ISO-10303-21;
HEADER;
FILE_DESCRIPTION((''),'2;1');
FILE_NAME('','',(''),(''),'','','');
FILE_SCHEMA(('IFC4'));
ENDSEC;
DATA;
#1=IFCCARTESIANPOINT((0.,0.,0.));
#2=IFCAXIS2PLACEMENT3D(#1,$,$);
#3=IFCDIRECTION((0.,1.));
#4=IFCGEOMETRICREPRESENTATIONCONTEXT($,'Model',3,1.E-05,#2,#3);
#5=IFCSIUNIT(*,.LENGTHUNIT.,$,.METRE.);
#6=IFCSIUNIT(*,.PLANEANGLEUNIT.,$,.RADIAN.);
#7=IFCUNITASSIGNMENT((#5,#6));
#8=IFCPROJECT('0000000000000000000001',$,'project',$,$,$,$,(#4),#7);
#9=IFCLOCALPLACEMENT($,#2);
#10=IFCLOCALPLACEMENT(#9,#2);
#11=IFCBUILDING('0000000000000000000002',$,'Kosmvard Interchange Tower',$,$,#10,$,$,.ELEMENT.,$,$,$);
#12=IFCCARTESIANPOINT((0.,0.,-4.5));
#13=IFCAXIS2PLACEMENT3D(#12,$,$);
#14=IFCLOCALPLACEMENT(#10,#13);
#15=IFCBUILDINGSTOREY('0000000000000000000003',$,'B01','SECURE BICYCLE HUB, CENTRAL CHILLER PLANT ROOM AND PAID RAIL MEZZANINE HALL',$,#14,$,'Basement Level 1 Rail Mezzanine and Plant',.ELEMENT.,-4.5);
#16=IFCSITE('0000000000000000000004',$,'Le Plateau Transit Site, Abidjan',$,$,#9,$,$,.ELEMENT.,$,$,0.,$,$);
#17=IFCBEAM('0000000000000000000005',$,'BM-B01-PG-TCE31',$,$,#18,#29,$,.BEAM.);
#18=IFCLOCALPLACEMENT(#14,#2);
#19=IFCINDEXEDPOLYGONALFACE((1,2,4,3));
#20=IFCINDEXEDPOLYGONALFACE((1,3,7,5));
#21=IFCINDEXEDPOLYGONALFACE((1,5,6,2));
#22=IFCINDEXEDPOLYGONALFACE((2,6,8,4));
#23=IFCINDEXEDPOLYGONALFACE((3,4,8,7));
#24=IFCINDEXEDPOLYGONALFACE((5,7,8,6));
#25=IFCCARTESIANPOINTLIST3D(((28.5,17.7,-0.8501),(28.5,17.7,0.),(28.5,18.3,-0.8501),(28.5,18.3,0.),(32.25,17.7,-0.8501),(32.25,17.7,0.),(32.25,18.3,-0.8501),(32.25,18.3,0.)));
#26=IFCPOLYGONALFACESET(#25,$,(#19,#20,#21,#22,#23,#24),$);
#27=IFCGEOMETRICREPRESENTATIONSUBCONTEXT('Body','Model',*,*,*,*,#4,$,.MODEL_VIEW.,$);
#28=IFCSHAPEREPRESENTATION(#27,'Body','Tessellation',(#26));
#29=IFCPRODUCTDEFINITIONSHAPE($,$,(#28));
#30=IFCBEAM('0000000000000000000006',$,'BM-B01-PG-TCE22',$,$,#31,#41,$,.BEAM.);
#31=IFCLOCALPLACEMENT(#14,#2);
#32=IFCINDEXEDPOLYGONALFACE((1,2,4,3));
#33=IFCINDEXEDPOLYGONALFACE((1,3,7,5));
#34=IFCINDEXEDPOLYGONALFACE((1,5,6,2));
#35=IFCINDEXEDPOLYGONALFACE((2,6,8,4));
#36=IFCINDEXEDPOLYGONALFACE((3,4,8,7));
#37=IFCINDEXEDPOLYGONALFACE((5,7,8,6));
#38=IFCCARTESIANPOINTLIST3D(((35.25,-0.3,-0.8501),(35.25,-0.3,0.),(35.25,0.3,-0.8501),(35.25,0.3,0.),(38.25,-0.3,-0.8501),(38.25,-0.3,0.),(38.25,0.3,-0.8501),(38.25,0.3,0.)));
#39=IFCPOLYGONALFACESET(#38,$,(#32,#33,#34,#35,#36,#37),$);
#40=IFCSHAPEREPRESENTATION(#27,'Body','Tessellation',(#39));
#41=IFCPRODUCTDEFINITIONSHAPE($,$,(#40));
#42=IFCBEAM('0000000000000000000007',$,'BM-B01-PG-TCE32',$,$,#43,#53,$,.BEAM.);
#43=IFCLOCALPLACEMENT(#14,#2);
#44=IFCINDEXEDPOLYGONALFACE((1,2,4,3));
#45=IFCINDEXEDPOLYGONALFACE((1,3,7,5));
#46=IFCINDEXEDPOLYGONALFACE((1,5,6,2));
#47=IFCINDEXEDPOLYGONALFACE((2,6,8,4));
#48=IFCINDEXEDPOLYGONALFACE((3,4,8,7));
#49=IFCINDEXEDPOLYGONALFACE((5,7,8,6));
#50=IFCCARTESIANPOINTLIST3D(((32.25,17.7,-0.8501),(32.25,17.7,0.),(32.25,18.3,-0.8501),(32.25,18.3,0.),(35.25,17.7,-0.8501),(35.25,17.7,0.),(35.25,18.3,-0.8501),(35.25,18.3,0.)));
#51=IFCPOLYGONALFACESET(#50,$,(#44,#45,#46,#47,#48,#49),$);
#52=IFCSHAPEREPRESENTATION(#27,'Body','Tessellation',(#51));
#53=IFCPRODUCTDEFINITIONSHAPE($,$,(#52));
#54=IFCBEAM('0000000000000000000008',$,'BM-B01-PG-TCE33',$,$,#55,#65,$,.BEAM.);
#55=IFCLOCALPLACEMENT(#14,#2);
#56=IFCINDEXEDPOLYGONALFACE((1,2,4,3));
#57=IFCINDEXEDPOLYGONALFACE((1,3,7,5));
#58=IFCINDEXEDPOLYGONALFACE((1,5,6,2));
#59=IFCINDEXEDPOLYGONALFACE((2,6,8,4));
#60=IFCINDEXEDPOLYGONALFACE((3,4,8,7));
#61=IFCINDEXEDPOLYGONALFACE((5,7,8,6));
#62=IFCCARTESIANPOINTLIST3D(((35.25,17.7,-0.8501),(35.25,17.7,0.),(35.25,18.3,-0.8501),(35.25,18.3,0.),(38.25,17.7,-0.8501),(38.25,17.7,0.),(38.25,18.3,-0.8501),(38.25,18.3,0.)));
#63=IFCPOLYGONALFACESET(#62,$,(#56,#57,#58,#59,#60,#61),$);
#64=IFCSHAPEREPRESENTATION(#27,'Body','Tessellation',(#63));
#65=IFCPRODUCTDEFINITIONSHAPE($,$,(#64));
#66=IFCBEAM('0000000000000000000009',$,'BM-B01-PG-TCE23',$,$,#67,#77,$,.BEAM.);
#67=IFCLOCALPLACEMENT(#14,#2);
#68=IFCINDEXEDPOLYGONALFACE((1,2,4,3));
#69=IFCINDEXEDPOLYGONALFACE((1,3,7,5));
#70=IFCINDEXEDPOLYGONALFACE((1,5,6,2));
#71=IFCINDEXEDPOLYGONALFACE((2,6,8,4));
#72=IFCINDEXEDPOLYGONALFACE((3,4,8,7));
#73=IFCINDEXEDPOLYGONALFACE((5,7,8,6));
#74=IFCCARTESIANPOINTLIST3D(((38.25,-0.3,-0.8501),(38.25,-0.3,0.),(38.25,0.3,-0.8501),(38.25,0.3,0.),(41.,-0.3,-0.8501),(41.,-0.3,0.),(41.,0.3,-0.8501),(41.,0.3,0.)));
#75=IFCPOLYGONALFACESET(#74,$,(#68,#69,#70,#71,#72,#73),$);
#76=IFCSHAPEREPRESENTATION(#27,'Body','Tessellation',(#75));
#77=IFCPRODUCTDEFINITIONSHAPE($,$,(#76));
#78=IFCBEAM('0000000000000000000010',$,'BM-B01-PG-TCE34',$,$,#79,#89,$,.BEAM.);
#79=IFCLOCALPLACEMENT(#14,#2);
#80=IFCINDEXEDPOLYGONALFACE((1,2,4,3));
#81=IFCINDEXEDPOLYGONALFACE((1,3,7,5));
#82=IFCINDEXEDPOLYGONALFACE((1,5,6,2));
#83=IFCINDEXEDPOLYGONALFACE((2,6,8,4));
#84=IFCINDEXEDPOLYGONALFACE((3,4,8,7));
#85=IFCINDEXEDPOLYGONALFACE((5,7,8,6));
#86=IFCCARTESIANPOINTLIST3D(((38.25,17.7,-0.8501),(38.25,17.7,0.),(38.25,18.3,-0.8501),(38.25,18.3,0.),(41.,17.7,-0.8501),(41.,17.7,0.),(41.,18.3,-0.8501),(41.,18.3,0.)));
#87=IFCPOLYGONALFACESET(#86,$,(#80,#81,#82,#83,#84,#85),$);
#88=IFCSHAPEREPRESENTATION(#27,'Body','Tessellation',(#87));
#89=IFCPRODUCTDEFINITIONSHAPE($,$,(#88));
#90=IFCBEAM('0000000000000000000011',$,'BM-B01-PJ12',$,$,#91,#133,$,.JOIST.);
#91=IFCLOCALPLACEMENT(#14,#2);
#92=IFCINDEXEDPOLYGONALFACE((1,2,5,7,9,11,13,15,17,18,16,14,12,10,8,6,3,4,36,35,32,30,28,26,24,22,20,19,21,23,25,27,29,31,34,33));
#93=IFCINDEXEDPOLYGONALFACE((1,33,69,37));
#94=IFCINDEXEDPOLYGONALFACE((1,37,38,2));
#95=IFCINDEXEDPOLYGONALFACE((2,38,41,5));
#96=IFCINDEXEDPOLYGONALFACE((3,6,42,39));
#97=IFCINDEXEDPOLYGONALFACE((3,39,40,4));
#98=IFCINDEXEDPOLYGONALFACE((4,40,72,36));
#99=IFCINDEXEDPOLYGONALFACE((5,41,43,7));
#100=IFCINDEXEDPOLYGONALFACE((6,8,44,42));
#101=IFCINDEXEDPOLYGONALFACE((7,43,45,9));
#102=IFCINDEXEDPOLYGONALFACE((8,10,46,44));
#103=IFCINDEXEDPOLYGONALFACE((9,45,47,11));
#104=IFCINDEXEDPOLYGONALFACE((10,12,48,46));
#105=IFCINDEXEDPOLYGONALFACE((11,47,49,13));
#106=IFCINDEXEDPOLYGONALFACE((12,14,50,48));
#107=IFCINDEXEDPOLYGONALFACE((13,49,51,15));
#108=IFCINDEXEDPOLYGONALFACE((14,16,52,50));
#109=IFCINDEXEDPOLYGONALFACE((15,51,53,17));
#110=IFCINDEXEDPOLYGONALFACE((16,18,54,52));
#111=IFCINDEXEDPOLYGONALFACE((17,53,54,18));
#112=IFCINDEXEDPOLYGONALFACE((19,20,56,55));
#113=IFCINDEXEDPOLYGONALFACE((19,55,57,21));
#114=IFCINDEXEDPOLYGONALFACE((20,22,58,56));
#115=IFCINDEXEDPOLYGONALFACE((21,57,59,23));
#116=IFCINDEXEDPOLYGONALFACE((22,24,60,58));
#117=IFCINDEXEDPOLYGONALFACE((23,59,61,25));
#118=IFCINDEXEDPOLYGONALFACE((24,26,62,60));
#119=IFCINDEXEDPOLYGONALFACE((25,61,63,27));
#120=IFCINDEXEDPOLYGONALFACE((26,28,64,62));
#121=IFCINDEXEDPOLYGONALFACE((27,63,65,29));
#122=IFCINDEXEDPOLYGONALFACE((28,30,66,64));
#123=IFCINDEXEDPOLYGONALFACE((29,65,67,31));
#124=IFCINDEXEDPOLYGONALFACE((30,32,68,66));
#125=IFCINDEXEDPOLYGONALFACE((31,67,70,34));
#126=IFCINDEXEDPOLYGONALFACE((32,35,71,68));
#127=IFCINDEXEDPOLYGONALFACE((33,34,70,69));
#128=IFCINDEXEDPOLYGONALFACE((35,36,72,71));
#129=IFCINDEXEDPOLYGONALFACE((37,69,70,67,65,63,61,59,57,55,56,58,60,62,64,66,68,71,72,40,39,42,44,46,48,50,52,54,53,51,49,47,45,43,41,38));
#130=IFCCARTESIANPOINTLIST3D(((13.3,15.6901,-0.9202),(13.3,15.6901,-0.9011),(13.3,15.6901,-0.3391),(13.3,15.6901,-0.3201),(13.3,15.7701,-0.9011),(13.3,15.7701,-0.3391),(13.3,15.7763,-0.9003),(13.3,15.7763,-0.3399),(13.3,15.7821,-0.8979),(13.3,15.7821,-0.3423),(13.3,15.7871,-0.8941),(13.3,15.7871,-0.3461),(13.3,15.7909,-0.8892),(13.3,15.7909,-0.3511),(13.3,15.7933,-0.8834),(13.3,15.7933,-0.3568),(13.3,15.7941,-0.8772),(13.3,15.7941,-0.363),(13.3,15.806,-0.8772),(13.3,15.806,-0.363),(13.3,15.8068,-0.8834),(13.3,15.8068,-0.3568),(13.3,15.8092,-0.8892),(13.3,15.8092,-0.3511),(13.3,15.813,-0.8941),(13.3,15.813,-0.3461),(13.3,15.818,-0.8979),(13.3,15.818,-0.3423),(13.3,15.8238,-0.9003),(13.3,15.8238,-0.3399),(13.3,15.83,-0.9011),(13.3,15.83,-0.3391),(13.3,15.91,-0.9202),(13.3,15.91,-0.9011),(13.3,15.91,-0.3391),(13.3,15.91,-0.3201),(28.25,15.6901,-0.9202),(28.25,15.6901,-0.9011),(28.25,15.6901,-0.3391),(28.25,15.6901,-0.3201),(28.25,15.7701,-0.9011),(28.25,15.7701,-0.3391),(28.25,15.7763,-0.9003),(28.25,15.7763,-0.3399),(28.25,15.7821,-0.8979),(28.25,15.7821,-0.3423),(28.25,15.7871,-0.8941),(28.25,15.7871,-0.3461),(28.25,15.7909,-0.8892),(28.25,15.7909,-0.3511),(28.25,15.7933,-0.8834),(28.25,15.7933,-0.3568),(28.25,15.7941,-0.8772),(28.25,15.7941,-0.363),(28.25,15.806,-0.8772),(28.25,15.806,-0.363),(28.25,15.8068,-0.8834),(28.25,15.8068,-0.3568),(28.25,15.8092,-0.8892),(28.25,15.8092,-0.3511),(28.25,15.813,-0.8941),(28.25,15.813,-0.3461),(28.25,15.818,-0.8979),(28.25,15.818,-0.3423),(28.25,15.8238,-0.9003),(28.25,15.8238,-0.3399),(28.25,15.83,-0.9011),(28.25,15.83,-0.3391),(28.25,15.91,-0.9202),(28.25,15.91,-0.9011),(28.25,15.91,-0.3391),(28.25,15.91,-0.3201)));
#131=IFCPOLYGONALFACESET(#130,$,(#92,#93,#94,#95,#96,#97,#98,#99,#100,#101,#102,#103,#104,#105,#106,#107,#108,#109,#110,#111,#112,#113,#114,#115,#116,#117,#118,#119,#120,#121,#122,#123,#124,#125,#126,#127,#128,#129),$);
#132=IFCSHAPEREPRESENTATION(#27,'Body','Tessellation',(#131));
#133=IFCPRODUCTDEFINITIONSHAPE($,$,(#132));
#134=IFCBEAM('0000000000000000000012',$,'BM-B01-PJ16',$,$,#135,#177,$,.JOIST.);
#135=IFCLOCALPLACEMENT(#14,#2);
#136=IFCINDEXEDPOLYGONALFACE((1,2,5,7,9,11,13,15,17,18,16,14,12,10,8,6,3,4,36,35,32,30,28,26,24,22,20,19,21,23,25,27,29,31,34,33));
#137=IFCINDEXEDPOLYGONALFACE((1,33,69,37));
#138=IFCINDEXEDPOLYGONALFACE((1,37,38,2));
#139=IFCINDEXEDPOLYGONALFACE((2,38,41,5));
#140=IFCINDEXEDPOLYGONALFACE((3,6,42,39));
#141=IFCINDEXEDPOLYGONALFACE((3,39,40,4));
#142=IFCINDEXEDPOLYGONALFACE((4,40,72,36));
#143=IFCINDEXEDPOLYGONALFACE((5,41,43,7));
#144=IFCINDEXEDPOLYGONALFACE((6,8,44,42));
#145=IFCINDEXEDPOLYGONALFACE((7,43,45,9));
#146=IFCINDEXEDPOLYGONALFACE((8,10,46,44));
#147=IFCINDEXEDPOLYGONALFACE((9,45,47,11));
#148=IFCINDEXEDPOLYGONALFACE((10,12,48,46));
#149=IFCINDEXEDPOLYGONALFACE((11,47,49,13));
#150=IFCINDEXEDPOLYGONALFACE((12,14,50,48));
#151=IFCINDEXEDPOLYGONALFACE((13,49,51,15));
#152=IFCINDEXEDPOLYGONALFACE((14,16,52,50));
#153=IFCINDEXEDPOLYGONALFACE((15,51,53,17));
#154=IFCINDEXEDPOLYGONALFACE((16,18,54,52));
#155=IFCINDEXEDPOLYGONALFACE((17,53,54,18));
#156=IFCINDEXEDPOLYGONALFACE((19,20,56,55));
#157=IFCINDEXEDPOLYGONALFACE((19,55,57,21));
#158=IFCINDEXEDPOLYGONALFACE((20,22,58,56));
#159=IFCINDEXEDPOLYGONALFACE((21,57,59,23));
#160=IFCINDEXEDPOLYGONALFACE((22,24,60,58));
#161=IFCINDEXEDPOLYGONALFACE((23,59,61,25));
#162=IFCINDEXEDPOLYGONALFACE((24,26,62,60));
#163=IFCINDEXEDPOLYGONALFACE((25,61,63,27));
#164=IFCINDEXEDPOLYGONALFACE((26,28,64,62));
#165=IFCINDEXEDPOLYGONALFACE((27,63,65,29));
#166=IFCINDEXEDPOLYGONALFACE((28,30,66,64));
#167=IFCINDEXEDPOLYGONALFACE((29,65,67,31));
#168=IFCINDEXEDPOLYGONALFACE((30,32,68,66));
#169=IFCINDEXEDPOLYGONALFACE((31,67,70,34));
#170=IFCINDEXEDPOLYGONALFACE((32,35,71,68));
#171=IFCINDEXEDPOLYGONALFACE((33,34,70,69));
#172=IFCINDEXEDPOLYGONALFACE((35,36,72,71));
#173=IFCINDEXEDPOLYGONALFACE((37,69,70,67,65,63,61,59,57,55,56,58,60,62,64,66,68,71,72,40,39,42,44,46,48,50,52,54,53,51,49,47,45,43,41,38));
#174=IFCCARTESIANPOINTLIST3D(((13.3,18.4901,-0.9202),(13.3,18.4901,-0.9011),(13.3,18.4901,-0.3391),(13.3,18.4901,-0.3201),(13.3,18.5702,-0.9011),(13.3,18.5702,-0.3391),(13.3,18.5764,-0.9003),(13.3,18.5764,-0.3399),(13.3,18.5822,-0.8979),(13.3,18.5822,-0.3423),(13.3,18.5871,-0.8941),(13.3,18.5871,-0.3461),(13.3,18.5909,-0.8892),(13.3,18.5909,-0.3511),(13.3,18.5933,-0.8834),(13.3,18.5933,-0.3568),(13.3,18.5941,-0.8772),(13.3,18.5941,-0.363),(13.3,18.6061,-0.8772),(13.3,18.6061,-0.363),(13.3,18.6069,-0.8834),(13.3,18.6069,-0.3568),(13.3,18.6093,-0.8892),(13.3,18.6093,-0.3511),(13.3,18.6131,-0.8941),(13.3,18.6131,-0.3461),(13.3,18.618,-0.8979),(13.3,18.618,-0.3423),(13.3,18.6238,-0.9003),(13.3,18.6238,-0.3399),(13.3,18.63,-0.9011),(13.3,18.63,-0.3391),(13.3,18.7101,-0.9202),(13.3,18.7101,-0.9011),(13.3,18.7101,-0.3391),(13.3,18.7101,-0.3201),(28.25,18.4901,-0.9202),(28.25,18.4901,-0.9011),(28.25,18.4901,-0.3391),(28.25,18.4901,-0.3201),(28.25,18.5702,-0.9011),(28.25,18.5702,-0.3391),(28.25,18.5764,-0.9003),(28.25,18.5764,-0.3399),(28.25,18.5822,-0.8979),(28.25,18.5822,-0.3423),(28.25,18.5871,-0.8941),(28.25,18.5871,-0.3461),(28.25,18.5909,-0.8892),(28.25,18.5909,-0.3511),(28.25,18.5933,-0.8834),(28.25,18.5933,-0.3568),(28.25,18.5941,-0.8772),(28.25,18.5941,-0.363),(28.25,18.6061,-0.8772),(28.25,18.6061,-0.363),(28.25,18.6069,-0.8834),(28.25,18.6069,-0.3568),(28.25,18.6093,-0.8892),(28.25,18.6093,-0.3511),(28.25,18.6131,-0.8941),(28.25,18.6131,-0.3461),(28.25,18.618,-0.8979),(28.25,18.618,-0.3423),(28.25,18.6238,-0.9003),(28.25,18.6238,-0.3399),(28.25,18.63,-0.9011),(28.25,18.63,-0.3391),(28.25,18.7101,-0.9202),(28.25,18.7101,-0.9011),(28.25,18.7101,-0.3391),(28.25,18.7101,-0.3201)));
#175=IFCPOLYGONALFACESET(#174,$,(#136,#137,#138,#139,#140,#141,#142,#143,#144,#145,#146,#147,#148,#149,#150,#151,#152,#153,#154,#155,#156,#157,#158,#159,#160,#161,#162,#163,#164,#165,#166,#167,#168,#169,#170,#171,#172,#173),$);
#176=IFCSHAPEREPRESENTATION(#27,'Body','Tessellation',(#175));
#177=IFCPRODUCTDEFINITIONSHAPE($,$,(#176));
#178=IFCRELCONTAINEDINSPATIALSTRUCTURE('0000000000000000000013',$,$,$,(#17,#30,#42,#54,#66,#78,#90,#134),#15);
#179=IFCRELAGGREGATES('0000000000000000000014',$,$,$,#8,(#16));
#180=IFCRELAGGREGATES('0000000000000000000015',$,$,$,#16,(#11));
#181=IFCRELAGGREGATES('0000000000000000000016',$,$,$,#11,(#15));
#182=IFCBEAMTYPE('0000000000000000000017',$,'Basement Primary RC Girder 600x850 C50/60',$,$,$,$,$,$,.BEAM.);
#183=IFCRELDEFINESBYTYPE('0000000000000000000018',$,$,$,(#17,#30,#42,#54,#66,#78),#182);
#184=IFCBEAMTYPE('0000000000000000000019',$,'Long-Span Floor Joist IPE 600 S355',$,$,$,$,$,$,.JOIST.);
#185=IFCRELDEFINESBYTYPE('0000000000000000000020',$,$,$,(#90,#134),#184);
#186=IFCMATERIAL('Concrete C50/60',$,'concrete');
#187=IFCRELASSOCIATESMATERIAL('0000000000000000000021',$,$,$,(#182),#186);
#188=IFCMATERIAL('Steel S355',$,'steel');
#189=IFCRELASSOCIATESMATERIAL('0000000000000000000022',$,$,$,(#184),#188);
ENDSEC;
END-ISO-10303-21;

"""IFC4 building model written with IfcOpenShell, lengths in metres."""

from ifc_helpers import new_model, si_unit, direction, frame, origin, origin_2d, place, context, subcontext, project, spatial, rectangle, i_section, extrude, source, transform, mapped, material, material_profile, profile_set, type_object, element, save


model = new_model("IFC4")

# Units and contexts
model_context = context("Model", 3, precision=1e-05, world=origin(), true_north=direction((0.0, 1.0)))
body_context = subcontext(model_context, "Body", "Model", "MODEL_VIEW")
ifc_project = project(units=[si_unit("LENGTHUNIT", "METRE"), si_unit("PLANEANGLEUNIT", "RADIAN")], contexts=[model_context])

# Site, building, storey
site_placement = place(None, origin())
site = spatial("IfcSite", under=ifc_project, at=site_placement, Name="Le Plateau Transit Site, Abidjan", CompositionType="ELEMENT", RefElevation=0.0)
building_placement = place(site_placement, origin())
building = spatial("IfcBuilding", under=site, at=building_placement, Name="Kosmvard Interchange Tower", CompositionType="ELEMENT")
storey_placement = place(building_placement, frame((0.0, 0.0, -4.5)))
storey = spatial("IfcBuildingStorey", under=building, at=storey_placement, Name="B01", Description="SECURE BICYCLE HUB, CENTRAL CHILLER PLANT ROOM AND PAID RAIL MEZZANINE HALL", LongName="Basement Level 1 Rail Mezzanine and Plant", CompositionType="ELEMENT", Elevation=-4.5)

# Beams
ifc_material_1 = material(Name="Concrete C50/60", Category="concrete")
ifc_material_profile_1 = material_profile(ifc_material_1, rectangle(XDim=0.6001, YDim=0.8501, at=origin_2d()), Name="RCG 600x850")
ifc_profile_set_1 = profile_set([ifc_material_profile_1], Name="Concrete C50/60")
beam_type_1 = type_object("IfcBeamType", Name="Basement Primary RC Girder 600x850 C50/60", PredefinedType="BEAM", material=ifc_profile_set_1)
shared_shape_1 = source(origin(), body_context, "Body", "SweptSolid", [
    extrude(rectangle(XDim=0.6001, YDim=0.8501, at=origin_2d()), origin(), (0.0, 0.0, 1.0), 3.75),
])
beam_1_placement = place(storey_placement, frame((28.5, 18.0, -0.425), z_axis=(1.0, 0.0, 0.0), x_axis=(0.0, 1.0, 0.0)))
element("IfcBeam", 1, at=beam_1_placement, inside=storey, type_object=beam_type_1, Name="BM-B01-PG-TCE31", PredefinedType="BEAM", context=body_context, shape_type="MappedRepresentation", body=[
    mapped(shared_shape_1, transform((0.0, 0.0, 0.0), scale=1.0)),
])
shared_shape_2 = source(origin(), body_context, "Body", "SweptSolid", [
    extrude(rectangle(XDim=0.6001, YDim=0.8501, at=origin_2d()), origin(), (0.0, 0.0, 1.0), 3.0),
])
for number, where, z_axis, x_axis, name in (
    (2, (35.25, 0.0, -0.425), (1.0, 0.0, 0.0), (0.0, 1.0, 0.0), "BM-B01-PG-TCE22"),
    (3, (32.25, 18.0, -0.425), (1.0, 0.0, 0.0), (0.0, 1.0, 0.0), "BM-B01-PG-TCE32"),
    (4, (35.25, 18.0, -0.425), (1.0, 0.0, 0.0), (0.0, 1.0, 0.0), "BM-B01-PG-TCE33"),
):
    element("IfcBeam", number, at=place(storey_placement, frame(where, z_axis=z_axis, x_axis=x_axis)), inside=storey, type_object=beam_type_1, Name=name, PredefinedType="BEAM", context=body_context, shape_type="MappedRepresentation", body=[
        mapped(shared_shape_2, transform((0.0, 0.0, 0.0), scale=1.0)),
    ])
shared_shape_3 = source(origin(), body_context, "Body", "SweptSolid", [
    extrude(rectangle(XDim=0.6001, YDim=0.8501, at=origin_2d()), origin(), (0.0, 0.0, 1.0), 2.75),
])
for number, where, z_axis, x_axis, name in (
    (5, (38.25, 0.0, -0.425), (1.0, 0.0, 0.0), (0.0, 1.0, 0.0), "BM-B01-PG-TCE23"),
    (6, (38.25, 18.0, -0.425), (1.0, 0.0, 0.0), (0.0, 1.0, 0.0), "BM-B01-PG-TCE34"),
):
    element("IfcBeam", number, at=place(storey_placement, frame(where, z_axis=z_axis, x_axis=x_axis)), inside=storey, type_object=beam_type_1, Name=name, PredefinedType="BEAM", context=body_context, shape_type="MappedRepresentation", body=[
        mapped(shared_shape_3, transform((0.0, 0.0, 0.0), scale=1.0)),
    ])
ifc_material_2 = material(Name="Steel S355", Category="steel")
ifc_material_profile_2 = material_profile(ifc_material_2, i_section(OverallWidth=0.22, OverallDepth=0.6001, WebThickness=0.012, FlangeThickness=0.019, FilletRadius=0.0239, at=origin_2d()), Name="IPE 600")
ifc_profile_set_2 = profile_set([ifc_material_profile_2], Name="Steel S355")
beam_type_2 = type_object("IfcBeamType", Name="Long-Span Floor Joist IPE 600 S355", PredefinedType="JOIST", material=ifc_profile_set_2)
shared_shape_4 = source(origin(), body_context, "Body", "SweptSolid", [
    extrude(i_section(OverallWidth=0.22, OverallDepth=0.6001, WebThickness=0.012, FlangeThickness=0.019, FilletRadius=0.0239, at=origin_2d()), origin(), (0.0, 0.0, 1.0), 14.95),
])
for number, where, z_axis, x_axis, name in (
    (7, (13.3, 15.8, -0.6201), (1.0, 0.0, 0.0), (0.0, 1.0, 0.0), "BM-B01-PJ12"),
    (8, (13.3, 18.6001, -0.6201), (1.0, 0.0, 0.0), (0.0, 1.0, 0.0), "BM-B01-PJ16"),
):
    element("IfcBeam", number, at=place(storey_placement, frame(where, z_axis=z_axis, x_axis=x_axis)), inside=storey, type_object=beam_type_2, Name=name, PredefinedType="JOIST", context=body_context, shape_type="MappedRepresentation", body=[
        mapped(shared_shape_4, transform((0.0, 0.0, 0.0), scale=1.0)),
    ])

save(model, "model.ifc")
